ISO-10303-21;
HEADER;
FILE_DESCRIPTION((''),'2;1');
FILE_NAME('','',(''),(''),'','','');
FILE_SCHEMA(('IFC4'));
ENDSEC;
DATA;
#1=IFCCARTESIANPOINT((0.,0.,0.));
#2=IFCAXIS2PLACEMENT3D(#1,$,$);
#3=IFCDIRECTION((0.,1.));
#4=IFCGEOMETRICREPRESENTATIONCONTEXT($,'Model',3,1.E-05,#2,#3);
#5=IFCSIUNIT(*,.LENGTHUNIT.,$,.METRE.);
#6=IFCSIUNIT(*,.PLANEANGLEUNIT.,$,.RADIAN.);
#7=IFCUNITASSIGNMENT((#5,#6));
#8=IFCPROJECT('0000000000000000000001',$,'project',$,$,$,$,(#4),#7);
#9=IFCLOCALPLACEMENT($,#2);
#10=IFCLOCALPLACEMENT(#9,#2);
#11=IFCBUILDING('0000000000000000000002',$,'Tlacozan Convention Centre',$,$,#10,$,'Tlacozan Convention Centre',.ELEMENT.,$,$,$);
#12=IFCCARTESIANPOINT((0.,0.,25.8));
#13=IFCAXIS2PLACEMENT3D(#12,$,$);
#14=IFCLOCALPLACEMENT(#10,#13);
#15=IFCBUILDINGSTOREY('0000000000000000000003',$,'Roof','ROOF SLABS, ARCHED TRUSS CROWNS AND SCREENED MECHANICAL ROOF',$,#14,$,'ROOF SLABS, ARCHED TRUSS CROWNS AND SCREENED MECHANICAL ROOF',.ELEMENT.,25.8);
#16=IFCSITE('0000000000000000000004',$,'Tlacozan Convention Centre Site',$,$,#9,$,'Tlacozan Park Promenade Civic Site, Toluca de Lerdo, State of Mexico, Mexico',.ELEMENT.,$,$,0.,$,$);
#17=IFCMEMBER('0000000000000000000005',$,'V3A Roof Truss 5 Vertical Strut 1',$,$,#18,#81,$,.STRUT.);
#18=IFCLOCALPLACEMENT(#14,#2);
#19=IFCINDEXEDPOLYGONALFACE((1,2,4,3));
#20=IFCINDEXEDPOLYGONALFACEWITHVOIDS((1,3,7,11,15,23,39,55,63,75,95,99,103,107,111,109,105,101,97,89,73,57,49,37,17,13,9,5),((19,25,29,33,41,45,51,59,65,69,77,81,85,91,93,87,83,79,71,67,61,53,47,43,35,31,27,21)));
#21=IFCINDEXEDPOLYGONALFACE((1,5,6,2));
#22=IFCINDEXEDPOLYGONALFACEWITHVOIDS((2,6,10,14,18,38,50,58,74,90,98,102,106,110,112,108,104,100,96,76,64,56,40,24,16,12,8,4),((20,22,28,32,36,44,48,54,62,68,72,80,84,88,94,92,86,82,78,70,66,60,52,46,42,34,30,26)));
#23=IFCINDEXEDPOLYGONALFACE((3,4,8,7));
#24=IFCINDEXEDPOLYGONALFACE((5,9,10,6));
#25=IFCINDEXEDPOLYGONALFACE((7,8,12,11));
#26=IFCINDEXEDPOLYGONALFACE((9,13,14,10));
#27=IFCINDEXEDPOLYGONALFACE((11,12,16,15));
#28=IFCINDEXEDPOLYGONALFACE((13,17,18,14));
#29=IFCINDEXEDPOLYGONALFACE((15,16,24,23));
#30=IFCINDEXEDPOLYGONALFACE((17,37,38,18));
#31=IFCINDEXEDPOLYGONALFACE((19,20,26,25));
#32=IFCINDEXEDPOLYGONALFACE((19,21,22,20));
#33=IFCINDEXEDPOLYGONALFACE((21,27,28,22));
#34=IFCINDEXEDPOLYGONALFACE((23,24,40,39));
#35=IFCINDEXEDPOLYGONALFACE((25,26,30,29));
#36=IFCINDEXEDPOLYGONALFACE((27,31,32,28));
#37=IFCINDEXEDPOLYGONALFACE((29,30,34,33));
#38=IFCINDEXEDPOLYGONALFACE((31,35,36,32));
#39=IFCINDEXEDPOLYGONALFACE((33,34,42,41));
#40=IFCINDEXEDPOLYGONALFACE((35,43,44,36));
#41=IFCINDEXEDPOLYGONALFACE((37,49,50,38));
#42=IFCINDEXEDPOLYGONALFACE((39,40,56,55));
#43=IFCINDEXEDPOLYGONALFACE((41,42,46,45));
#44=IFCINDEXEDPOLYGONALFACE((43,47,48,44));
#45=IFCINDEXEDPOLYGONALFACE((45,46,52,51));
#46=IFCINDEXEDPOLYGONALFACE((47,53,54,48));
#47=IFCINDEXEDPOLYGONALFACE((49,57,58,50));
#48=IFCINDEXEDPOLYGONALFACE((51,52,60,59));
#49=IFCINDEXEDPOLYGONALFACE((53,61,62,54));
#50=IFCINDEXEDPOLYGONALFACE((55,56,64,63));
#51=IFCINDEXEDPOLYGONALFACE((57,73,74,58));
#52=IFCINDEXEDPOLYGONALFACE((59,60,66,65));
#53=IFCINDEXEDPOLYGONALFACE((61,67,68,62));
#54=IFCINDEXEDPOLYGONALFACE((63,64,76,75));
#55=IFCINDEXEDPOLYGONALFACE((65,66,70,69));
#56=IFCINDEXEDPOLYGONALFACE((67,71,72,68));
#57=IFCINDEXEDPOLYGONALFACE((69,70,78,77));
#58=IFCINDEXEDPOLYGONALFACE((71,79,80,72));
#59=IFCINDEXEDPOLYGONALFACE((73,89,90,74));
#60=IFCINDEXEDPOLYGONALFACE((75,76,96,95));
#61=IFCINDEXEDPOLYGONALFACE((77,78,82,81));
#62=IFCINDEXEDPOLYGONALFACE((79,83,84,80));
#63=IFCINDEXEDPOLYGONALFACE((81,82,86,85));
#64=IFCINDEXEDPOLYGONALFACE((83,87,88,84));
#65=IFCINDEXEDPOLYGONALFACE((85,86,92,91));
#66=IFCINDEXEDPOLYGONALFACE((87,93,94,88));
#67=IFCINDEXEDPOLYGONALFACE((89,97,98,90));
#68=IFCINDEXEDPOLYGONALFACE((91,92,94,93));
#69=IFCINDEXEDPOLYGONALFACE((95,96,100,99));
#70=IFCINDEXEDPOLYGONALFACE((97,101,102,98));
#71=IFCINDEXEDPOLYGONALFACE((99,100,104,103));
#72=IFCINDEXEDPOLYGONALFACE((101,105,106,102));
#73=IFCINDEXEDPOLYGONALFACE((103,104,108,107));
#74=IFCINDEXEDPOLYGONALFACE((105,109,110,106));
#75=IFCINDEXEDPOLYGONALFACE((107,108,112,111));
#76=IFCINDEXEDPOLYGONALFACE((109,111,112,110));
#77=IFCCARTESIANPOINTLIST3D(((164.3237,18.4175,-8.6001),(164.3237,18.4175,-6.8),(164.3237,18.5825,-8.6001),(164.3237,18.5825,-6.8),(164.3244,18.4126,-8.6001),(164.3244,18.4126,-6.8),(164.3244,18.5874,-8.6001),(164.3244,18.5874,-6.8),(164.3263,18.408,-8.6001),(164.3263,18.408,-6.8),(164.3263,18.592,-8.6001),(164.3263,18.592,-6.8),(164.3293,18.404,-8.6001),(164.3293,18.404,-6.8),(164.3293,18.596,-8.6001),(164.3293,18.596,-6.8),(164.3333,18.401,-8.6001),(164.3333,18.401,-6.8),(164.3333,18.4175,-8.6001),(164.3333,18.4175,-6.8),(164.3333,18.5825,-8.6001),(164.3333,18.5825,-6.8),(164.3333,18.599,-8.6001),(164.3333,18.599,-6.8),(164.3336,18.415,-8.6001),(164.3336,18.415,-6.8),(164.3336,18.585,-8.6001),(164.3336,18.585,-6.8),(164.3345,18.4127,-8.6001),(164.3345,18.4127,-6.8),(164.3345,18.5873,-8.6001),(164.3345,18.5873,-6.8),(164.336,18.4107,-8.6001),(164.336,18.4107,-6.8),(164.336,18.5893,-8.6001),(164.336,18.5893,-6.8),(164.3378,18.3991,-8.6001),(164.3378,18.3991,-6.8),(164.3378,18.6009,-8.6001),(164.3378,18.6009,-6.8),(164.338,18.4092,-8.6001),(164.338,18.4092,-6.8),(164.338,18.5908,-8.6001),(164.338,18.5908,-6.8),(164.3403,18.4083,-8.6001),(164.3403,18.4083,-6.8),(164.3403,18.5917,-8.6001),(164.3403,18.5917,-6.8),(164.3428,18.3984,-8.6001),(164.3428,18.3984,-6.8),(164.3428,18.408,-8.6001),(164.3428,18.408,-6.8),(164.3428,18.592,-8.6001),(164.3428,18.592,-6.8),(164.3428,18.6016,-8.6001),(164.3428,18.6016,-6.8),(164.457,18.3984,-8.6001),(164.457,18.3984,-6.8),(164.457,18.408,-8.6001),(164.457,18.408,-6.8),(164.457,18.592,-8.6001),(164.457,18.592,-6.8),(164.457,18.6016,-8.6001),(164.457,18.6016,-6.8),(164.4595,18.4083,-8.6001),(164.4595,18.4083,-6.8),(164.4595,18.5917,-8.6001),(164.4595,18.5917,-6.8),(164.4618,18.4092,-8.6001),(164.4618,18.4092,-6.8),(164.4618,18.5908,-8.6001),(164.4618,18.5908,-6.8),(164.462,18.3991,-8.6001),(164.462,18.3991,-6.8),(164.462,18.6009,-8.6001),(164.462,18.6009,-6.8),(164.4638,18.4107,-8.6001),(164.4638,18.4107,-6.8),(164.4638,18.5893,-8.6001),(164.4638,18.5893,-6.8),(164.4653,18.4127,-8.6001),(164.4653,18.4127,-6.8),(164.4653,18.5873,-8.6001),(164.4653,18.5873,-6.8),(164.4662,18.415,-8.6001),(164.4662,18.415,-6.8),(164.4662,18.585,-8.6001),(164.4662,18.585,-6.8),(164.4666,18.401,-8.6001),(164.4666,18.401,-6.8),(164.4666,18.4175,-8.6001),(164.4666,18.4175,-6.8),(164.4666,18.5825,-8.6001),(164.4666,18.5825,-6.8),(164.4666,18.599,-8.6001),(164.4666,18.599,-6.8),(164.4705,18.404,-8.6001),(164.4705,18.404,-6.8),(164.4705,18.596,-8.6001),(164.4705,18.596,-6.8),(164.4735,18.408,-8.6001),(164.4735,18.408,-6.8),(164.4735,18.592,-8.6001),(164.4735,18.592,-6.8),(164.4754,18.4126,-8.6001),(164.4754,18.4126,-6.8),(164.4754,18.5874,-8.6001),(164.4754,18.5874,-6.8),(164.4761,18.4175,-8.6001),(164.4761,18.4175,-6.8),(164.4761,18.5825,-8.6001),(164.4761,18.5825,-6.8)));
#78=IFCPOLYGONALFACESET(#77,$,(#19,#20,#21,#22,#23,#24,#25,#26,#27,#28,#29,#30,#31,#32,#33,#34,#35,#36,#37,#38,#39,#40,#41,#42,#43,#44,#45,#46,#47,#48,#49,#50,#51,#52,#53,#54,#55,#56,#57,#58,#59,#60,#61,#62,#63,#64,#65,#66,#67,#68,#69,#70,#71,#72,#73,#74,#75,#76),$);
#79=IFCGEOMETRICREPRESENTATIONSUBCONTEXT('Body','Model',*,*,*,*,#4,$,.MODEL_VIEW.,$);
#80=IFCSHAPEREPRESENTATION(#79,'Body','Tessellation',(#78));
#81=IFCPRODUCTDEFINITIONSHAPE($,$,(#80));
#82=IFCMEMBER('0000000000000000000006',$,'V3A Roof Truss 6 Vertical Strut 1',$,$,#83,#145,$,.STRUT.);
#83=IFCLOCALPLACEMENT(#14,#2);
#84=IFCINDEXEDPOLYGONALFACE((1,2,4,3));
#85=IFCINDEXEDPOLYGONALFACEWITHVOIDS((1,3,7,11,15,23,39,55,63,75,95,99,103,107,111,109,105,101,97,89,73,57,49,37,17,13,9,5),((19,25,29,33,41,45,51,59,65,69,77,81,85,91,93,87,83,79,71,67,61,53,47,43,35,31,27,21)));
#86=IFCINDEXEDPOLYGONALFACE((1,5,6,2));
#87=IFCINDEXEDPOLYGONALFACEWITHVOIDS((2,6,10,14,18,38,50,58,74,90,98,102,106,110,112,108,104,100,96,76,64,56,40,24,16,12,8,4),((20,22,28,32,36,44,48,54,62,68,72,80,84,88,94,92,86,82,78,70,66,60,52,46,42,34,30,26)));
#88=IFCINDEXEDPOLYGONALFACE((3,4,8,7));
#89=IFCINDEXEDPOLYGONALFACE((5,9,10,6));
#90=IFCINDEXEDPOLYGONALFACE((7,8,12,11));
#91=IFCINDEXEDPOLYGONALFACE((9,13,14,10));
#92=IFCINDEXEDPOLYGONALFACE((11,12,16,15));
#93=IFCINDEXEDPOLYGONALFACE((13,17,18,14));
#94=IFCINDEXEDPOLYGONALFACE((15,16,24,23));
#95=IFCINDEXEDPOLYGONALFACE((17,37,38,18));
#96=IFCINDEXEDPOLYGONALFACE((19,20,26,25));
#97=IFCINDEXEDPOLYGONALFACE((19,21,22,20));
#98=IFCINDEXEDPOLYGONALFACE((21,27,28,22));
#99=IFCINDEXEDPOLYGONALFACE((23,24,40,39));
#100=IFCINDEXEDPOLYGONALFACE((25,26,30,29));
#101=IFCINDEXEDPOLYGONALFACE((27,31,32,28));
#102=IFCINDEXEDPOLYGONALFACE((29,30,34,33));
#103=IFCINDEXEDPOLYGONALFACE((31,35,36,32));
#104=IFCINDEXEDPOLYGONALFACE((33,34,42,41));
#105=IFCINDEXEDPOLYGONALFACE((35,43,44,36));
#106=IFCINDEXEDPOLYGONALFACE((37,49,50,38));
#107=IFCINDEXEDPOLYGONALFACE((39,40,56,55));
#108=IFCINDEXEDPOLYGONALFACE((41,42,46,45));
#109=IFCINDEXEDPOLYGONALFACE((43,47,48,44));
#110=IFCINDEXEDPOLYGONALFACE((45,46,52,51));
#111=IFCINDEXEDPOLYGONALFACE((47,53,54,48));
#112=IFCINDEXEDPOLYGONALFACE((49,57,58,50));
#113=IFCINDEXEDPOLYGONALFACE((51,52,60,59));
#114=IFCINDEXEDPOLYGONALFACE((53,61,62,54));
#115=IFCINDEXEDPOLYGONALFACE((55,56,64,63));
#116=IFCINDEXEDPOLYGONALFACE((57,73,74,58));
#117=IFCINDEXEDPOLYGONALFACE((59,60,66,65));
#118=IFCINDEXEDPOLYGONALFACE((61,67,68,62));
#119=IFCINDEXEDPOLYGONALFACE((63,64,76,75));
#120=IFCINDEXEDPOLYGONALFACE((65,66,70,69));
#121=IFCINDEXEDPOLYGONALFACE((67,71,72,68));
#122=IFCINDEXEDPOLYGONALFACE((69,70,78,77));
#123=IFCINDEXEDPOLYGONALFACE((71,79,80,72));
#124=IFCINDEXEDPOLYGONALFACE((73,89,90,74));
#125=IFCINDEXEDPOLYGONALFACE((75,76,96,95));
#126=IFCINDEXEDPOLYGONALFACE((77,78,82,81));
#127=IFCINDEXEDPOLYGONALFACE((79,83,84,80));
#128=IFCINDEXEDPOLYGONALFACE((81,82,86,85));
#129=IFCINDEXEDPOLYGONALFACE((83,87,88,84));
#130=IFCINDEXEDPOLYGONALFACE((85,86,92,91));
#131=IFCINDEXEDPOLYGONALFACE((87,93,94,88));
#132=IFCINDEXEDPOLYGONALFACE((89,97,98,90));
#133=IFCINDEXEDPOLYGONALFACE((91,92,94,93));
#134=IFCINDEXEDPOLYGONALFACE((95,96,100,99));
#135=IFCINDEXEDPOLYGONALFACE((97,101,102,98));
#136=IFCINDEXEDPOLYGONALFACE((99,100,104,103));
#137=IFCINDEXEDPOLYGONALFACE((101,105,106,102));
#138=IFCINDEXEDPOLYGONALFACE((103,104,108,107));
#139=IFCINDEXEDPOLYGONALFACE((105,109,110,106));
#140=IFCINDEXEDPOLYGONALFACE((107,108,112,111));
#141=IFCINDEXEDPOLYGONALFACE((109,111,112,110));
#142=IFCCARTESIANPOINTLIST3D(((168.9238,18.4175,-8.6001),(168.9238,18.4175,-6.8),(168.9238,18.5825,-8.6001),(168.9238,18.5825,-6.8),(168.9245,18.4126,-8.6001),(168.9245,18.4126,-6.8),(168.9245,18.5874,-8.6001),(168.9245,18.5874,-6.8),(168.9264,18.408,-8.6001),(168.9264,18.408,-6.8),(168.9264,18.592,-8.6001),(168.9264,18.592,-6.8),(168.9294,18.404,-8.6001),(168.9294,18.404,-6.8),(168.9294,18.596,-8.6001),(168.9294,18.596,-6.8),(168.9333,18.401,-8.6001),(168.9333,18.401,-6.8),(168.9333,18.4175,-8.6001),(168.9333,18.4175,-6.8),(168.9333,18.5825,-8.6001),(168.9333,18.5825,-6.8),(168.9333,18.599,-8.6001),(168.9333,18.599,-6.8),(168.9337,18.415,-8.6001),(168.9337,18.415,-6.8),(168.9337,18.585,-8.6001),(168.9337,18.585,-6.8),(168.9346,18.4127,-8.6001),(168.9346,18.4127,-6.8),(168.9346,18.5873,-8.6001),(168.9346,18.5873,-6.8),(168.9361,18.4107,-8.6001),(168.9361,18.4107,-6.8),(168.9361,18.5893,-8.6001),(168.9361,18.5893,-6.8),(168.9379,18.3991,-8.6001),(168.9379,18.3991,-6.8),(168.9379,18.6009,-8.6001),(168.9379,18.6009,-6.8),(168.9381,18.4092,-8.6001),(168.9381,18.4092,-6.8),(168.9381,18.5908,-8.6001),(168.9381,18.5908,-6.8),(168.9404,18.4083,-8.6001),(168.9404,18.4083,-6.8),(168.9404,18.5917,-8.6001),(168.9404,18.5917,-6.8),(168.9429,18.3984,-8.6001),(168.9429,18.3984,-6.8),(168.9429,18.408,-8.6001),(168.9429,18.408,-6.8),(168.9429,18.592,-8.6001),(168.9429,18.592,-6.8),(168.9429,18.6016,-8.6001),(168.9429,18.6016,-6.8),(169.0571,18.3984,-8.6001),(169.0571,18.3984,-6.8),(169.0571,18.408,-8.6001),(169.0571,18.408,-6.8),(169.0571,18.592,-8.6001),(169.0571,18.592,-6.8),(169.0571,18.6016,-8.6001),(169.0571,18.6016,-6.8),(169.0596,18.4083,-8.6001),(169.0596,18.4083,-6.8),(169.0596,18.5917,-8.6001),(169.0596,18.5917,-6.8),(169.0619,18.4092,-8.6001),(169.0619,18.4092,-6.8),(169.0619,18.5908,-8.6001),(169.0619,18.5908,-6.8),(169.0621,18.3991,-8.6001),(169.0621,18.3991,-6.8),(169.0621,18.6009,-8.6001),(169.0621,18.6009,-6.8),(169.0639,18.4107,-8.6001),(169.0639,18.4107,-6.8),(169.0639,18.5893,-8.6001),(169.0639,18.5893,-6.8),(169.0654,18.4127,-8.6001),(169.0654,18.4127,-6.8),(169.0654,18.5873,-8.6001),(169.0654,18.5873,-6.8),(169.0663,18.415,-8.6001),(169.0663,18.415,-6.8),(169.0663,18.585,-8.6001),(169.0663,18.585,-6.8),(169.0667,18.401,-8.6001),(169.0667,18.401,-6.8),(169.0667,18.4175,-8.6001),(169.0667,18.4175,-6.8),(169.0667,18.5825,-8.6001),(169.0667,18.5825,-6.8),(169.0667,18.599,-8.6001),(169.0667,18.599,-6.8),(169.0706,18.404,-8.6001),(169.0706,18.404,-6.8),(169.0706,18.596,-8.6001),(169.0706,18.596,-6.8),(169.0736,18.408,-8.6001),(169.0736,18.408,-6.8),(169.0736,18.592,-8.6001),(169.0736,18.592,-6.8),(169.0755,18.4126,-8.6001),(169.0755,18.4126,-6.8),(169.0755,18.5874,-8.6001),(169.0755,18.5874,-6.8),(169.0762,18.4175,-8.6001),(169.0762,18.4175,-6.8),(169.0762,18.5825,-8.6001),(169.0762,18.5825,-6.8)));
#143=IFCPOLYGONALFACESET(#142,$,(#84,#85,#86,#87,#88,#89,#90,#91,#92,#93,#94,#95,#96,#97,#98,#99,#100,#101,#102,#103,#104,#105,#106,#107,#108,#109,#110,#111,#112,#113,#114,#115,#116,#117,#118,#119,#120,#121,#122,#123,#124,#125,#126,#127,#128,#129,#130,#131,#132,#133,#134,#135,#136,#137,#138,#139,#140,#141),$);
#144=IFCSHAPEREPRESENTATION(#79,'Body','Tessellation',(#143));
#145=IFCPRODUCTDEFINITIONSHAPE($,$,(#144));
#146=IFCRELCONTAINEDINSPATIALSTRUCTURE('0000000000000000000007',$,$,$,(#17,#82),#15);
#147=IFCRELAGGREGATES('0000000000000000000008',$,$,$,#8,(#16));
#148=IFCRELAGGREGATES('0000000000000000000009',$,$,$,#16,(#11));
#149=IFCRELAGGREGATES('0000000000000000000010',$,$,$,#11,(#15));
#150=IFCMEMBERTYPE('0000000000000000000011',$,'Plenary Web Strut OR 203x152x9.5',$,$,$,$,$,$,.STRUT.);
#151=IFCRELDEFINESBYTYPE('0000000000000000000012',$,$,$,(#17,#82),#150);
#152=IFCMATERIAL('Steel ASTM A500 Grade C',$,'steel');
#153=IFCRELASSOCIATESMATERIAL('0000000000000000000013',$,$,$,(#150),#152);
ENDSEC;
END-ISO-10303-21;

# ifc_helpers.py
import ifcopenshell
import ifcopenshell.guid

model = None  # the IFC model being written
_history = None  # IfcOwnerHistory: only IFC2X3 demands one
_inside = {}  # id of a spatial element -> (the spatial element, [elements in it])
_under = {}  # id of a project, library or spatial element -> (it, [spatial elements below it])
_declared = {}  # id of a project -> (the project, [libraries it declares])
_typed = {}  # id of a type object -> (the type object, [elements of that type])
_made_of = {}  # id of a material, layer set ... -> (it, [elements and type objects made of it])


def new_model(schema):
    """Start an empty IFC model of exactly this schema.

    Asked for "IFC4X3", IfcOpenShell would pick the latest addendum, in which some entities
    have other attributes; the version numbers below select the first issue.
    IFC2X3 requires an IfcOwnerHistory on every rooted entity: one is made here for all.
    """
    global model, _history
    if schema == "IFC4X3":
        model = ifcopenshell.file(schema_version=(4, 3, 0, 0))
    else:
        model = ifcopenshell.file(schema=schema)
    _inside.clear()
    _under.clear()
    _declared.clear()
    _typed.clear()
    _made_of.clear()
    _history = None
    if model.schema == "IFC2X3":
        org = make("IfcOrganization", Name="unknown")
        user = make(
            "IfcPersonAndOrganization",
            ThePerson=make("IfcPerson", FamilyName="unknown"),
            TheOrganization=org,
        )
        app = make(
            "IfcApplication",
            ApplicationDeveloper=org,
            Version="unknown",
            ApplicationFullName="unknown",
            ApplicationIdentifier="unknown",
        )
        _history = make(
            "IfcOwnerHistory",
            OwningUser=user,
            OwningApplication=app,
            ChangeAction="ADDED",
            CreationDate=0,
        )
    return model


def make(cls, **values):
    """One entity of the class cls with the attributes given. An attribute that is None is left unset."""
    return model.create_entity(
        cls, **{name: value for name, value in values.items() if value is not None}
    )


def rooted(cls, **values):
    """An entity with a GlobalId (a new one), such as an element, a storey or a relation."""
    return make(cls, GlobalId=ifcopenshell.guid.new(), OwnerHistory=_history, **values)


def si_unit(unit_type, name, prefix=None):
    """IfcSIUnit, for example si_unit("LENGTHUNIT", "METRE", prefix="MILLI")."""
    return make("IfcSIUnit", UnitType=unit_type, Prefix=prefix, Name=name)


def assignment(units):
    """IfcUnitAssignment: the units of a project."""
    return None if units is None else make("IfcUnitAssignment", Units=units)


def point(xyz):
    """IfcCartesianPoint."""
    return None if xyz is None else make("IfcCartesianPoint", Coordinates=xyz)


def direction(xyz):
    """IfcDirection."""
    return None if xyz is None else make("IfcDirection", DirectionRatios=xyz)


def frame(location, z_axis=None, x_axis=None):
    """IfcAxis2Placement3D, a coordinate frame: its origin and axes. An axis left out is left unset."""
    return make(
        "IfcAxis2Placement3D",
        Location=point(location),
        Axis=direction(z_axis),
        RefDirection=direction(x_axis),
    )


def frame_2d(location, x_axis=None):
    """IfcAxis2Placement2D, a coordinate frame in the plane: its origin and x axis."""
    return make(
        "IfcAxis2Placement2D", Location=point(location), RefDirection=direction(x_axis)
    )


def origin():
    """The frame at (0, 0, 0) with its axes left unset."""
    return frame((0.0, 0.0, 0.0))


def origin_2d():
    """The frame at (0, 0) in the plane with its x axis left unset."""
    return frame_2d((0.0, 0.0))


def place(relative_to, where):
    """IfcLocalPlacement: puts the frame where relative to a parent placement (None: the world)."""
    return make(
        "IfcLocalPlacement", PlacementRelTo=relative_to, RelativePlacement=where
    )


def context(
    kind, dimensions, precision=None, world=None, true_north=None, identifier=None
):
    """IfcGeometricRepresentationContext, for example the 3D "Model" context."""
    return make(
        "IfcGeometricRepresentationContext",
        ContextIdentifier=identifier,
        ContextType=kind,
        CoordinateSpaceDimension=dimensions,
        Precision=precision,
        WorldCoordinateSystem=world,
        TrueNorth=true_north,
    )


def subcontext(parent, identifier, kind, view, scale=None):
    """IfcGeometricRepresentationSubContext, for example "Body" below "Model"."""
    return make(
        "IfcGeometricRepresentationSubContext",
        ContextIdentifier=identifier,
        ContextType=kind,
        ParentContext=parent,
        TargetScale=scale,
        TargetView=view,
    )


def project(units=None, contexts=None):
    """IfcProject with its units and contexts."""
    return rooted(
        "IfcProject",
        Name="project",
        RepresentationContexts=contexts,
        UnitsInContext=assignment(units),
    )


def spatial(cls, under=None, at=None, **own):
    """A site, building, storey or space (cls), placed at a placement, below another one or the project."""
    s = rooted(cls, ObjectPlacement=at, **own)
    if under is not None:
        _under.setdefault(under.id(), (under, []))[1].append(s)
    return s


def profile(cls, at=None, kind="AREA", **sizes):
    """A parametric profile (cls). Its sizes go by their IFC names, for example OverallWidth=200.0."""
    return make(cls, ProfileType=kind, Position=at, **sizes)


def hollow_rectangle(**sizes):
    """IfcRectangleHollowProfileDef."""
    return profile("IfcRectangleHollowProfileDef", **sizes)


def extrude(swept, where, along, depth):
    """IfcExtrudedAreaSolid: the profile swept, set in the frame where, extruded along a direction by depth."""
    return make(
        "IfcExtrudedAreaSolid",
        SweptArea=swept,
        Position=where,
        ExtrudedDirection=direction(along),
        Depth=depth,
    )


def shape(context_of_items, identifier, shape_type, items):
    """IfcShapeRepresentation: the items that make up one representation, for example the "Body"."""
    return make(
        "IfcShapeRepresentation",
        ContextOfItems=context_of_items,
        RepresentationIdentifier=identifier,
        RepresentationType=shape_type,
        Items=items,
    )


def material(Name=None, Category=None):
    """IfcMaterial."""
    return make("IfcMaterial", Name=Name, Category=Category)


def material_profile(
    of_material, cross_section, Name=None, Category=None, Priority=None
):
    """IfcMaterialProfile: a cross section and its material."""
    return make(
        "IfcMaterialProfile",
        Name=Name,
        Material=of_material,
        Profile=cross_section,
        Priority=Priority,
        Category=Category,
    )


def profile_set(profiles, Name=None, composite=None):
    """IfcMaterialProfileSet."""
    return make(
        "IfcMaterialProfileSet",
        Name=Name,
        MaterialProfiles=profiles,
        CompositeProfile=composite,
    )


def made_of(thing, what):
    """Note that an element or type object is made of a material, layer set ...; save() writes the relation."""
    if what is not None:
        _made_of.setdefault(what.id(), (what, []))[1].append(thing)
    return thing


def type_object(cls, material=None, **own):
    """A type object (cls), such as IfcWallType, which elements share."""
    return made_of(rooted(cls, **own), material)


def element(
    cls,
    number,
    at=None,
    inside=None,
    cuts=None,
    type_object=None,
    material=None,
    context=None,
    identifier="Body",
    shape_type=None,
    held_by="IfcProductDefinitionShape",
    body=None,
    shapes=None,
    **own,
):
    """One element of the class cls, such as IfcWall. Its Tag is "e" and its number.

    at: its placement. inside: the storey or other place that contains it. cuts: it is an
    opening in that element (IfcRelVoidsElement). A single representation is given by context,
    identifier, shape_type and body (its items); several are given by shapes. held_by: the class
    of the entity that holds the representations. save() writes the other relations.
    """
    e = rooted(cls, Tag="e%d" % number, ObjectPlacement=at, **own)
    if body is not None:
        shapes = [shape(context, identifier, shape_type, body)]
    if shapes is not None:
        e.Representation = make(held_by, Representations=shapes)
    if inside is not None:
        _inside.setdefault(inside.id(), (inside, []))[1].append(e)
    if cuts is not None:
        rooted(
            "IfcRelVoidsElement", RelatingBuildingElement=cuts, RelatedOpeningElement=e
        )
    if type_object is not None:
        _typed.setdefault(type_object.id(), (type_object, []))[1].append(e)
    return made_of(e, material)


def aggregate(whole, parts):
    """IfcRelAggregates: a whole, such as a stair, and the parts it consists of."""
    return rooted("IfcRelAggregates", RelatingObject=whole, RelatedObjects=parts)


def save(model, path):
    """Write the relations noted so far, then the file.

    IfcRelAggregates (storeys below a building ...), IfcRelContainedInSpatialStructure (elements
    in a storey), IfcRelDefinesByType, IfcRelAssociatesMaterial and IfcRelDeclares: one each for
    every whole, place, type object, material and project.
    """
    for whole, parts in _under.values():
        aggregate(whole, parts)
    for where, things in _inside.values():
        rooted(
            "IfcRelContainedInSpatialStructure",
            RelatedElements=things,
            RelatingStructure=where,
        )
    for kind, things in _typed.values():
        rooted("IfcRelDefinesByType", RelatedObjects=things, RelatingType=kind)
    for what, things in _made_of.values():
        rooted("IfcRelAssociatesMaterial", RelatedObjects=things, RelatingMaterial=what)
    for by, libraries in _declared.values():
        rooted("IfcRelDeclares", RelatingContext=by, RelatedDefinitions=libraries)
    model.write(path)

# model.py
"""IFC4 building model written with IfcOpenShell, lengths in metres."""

from ifc_helpers import new_model, si_unit, direction, frame, origin, origin_2d, place, context, subcontext, project, spatial, hollow_rectangle, extrude, material, material_profile, profile_set, type_object, element, save


model = new_model("IFC4")

# Units and contexts
model_context = context("Model", 3, precision=1e-05, world=origin(), true_north=direction((0.0, 1.0)))
body_context = subcontext(model_context, "Body", "Model", "MODEL_VIEW")
ifc_project = project(units=[si_unit("LENGTHUNIT", "METRE"), si_unit("PLANEANGLEUNIT", "RADIAN")], contexts=[model_context])

# Site, building, storey
site_placement = place(None, origin())
site = spatial("IfcSite", under=ifc_project, at=site_placement, Name="Tlacozan Convention Centre Site", LongName="Tlacozan Park Promenade Civic Site, Toluca de Lerdo, State of Mexico, Mexico", CompositionType="ELEMENT", RefElevation=0.0)
building_placement = place(site_placement, origin())
building = spatial("IfcBuilding", under=site, at=building_placement, Name="Tlacozan Convention Centre", LongName="Tlacozan Convention Centre", CompositionType="ELEMENT")
storey_placement = place(building_placement, frame((0.0, 0.0, 25.8)))
storey = spatial("IfcBuildingStorey", under=building, at=storey_placement, Name="Roof", Description="ROOF SLABS, ARCHED TRUSS CROWNS AND SCREENED MECHANICAL ROOF", LongName="ROOF SLABS, ARCHED TRUSS CROWNS AND SCREENED MECHANICAL ROOF", CompositionType="ELEMENT", Elevation=25.8)

# Members
ifc_material_1 = material(Name="Steel ASTM A500 Grade C", Category="steel")
ifc_material_profile_1 = material_profile(ifc_material_1, hollow_rectangle(XDim=0.1523, YDim=0.2031, WallThickness=0.0095, InnerFilletRadius=0.0095, OuterFilletRadius=0.019, at=origin_2d()), Name="OR 203x152x9.5")
ifc_profile_set_1 = profile_set([ifc_material_profile_1], Name="Steel ASTM A500 Grade C")
member_type_1 = type_object("IfcMemberType", Name="Plenary Web Strut OR 203x152x9.5", PredefinedType="STRUT", material=ifc_profile_set_1)
for number, where, z_axis, x_axis, name in (
    (1, (164.3999, 18.5, -8.6001), (0.0, 0.0, 1.0), (1.0, 0.0, 0.0), "V3A Roof Truss 5 Vertical Strut 1"),
    (2, (169.0, 18.5, -8.6001), (0.0, 0.0, 1.0), (1.0, 0.0, 0.0), "V3A Roof Truss 6 Vertical Strut 1"),
):
    element("IfcMember", number, at=place(storey_placement, frame(where, z_axis=z_axis, x_axis=x_axis)), inside=storey, type_object=member_type_1, Name=name, PredefinedType="STRUT", context=body_context, shape_type="SweptSolid", body=[
        extrude(hollow_rectangle(XDim=0.1523, YDim=0.2031, WallThickness=0.0095, InnerFilletRadius=0.0095, OuterFilletRadius=0.019, at=origin_2d()), origin(), (0.0, 0.0, 1.0), 1.8),
    ])

save(model, "model.ifc")
